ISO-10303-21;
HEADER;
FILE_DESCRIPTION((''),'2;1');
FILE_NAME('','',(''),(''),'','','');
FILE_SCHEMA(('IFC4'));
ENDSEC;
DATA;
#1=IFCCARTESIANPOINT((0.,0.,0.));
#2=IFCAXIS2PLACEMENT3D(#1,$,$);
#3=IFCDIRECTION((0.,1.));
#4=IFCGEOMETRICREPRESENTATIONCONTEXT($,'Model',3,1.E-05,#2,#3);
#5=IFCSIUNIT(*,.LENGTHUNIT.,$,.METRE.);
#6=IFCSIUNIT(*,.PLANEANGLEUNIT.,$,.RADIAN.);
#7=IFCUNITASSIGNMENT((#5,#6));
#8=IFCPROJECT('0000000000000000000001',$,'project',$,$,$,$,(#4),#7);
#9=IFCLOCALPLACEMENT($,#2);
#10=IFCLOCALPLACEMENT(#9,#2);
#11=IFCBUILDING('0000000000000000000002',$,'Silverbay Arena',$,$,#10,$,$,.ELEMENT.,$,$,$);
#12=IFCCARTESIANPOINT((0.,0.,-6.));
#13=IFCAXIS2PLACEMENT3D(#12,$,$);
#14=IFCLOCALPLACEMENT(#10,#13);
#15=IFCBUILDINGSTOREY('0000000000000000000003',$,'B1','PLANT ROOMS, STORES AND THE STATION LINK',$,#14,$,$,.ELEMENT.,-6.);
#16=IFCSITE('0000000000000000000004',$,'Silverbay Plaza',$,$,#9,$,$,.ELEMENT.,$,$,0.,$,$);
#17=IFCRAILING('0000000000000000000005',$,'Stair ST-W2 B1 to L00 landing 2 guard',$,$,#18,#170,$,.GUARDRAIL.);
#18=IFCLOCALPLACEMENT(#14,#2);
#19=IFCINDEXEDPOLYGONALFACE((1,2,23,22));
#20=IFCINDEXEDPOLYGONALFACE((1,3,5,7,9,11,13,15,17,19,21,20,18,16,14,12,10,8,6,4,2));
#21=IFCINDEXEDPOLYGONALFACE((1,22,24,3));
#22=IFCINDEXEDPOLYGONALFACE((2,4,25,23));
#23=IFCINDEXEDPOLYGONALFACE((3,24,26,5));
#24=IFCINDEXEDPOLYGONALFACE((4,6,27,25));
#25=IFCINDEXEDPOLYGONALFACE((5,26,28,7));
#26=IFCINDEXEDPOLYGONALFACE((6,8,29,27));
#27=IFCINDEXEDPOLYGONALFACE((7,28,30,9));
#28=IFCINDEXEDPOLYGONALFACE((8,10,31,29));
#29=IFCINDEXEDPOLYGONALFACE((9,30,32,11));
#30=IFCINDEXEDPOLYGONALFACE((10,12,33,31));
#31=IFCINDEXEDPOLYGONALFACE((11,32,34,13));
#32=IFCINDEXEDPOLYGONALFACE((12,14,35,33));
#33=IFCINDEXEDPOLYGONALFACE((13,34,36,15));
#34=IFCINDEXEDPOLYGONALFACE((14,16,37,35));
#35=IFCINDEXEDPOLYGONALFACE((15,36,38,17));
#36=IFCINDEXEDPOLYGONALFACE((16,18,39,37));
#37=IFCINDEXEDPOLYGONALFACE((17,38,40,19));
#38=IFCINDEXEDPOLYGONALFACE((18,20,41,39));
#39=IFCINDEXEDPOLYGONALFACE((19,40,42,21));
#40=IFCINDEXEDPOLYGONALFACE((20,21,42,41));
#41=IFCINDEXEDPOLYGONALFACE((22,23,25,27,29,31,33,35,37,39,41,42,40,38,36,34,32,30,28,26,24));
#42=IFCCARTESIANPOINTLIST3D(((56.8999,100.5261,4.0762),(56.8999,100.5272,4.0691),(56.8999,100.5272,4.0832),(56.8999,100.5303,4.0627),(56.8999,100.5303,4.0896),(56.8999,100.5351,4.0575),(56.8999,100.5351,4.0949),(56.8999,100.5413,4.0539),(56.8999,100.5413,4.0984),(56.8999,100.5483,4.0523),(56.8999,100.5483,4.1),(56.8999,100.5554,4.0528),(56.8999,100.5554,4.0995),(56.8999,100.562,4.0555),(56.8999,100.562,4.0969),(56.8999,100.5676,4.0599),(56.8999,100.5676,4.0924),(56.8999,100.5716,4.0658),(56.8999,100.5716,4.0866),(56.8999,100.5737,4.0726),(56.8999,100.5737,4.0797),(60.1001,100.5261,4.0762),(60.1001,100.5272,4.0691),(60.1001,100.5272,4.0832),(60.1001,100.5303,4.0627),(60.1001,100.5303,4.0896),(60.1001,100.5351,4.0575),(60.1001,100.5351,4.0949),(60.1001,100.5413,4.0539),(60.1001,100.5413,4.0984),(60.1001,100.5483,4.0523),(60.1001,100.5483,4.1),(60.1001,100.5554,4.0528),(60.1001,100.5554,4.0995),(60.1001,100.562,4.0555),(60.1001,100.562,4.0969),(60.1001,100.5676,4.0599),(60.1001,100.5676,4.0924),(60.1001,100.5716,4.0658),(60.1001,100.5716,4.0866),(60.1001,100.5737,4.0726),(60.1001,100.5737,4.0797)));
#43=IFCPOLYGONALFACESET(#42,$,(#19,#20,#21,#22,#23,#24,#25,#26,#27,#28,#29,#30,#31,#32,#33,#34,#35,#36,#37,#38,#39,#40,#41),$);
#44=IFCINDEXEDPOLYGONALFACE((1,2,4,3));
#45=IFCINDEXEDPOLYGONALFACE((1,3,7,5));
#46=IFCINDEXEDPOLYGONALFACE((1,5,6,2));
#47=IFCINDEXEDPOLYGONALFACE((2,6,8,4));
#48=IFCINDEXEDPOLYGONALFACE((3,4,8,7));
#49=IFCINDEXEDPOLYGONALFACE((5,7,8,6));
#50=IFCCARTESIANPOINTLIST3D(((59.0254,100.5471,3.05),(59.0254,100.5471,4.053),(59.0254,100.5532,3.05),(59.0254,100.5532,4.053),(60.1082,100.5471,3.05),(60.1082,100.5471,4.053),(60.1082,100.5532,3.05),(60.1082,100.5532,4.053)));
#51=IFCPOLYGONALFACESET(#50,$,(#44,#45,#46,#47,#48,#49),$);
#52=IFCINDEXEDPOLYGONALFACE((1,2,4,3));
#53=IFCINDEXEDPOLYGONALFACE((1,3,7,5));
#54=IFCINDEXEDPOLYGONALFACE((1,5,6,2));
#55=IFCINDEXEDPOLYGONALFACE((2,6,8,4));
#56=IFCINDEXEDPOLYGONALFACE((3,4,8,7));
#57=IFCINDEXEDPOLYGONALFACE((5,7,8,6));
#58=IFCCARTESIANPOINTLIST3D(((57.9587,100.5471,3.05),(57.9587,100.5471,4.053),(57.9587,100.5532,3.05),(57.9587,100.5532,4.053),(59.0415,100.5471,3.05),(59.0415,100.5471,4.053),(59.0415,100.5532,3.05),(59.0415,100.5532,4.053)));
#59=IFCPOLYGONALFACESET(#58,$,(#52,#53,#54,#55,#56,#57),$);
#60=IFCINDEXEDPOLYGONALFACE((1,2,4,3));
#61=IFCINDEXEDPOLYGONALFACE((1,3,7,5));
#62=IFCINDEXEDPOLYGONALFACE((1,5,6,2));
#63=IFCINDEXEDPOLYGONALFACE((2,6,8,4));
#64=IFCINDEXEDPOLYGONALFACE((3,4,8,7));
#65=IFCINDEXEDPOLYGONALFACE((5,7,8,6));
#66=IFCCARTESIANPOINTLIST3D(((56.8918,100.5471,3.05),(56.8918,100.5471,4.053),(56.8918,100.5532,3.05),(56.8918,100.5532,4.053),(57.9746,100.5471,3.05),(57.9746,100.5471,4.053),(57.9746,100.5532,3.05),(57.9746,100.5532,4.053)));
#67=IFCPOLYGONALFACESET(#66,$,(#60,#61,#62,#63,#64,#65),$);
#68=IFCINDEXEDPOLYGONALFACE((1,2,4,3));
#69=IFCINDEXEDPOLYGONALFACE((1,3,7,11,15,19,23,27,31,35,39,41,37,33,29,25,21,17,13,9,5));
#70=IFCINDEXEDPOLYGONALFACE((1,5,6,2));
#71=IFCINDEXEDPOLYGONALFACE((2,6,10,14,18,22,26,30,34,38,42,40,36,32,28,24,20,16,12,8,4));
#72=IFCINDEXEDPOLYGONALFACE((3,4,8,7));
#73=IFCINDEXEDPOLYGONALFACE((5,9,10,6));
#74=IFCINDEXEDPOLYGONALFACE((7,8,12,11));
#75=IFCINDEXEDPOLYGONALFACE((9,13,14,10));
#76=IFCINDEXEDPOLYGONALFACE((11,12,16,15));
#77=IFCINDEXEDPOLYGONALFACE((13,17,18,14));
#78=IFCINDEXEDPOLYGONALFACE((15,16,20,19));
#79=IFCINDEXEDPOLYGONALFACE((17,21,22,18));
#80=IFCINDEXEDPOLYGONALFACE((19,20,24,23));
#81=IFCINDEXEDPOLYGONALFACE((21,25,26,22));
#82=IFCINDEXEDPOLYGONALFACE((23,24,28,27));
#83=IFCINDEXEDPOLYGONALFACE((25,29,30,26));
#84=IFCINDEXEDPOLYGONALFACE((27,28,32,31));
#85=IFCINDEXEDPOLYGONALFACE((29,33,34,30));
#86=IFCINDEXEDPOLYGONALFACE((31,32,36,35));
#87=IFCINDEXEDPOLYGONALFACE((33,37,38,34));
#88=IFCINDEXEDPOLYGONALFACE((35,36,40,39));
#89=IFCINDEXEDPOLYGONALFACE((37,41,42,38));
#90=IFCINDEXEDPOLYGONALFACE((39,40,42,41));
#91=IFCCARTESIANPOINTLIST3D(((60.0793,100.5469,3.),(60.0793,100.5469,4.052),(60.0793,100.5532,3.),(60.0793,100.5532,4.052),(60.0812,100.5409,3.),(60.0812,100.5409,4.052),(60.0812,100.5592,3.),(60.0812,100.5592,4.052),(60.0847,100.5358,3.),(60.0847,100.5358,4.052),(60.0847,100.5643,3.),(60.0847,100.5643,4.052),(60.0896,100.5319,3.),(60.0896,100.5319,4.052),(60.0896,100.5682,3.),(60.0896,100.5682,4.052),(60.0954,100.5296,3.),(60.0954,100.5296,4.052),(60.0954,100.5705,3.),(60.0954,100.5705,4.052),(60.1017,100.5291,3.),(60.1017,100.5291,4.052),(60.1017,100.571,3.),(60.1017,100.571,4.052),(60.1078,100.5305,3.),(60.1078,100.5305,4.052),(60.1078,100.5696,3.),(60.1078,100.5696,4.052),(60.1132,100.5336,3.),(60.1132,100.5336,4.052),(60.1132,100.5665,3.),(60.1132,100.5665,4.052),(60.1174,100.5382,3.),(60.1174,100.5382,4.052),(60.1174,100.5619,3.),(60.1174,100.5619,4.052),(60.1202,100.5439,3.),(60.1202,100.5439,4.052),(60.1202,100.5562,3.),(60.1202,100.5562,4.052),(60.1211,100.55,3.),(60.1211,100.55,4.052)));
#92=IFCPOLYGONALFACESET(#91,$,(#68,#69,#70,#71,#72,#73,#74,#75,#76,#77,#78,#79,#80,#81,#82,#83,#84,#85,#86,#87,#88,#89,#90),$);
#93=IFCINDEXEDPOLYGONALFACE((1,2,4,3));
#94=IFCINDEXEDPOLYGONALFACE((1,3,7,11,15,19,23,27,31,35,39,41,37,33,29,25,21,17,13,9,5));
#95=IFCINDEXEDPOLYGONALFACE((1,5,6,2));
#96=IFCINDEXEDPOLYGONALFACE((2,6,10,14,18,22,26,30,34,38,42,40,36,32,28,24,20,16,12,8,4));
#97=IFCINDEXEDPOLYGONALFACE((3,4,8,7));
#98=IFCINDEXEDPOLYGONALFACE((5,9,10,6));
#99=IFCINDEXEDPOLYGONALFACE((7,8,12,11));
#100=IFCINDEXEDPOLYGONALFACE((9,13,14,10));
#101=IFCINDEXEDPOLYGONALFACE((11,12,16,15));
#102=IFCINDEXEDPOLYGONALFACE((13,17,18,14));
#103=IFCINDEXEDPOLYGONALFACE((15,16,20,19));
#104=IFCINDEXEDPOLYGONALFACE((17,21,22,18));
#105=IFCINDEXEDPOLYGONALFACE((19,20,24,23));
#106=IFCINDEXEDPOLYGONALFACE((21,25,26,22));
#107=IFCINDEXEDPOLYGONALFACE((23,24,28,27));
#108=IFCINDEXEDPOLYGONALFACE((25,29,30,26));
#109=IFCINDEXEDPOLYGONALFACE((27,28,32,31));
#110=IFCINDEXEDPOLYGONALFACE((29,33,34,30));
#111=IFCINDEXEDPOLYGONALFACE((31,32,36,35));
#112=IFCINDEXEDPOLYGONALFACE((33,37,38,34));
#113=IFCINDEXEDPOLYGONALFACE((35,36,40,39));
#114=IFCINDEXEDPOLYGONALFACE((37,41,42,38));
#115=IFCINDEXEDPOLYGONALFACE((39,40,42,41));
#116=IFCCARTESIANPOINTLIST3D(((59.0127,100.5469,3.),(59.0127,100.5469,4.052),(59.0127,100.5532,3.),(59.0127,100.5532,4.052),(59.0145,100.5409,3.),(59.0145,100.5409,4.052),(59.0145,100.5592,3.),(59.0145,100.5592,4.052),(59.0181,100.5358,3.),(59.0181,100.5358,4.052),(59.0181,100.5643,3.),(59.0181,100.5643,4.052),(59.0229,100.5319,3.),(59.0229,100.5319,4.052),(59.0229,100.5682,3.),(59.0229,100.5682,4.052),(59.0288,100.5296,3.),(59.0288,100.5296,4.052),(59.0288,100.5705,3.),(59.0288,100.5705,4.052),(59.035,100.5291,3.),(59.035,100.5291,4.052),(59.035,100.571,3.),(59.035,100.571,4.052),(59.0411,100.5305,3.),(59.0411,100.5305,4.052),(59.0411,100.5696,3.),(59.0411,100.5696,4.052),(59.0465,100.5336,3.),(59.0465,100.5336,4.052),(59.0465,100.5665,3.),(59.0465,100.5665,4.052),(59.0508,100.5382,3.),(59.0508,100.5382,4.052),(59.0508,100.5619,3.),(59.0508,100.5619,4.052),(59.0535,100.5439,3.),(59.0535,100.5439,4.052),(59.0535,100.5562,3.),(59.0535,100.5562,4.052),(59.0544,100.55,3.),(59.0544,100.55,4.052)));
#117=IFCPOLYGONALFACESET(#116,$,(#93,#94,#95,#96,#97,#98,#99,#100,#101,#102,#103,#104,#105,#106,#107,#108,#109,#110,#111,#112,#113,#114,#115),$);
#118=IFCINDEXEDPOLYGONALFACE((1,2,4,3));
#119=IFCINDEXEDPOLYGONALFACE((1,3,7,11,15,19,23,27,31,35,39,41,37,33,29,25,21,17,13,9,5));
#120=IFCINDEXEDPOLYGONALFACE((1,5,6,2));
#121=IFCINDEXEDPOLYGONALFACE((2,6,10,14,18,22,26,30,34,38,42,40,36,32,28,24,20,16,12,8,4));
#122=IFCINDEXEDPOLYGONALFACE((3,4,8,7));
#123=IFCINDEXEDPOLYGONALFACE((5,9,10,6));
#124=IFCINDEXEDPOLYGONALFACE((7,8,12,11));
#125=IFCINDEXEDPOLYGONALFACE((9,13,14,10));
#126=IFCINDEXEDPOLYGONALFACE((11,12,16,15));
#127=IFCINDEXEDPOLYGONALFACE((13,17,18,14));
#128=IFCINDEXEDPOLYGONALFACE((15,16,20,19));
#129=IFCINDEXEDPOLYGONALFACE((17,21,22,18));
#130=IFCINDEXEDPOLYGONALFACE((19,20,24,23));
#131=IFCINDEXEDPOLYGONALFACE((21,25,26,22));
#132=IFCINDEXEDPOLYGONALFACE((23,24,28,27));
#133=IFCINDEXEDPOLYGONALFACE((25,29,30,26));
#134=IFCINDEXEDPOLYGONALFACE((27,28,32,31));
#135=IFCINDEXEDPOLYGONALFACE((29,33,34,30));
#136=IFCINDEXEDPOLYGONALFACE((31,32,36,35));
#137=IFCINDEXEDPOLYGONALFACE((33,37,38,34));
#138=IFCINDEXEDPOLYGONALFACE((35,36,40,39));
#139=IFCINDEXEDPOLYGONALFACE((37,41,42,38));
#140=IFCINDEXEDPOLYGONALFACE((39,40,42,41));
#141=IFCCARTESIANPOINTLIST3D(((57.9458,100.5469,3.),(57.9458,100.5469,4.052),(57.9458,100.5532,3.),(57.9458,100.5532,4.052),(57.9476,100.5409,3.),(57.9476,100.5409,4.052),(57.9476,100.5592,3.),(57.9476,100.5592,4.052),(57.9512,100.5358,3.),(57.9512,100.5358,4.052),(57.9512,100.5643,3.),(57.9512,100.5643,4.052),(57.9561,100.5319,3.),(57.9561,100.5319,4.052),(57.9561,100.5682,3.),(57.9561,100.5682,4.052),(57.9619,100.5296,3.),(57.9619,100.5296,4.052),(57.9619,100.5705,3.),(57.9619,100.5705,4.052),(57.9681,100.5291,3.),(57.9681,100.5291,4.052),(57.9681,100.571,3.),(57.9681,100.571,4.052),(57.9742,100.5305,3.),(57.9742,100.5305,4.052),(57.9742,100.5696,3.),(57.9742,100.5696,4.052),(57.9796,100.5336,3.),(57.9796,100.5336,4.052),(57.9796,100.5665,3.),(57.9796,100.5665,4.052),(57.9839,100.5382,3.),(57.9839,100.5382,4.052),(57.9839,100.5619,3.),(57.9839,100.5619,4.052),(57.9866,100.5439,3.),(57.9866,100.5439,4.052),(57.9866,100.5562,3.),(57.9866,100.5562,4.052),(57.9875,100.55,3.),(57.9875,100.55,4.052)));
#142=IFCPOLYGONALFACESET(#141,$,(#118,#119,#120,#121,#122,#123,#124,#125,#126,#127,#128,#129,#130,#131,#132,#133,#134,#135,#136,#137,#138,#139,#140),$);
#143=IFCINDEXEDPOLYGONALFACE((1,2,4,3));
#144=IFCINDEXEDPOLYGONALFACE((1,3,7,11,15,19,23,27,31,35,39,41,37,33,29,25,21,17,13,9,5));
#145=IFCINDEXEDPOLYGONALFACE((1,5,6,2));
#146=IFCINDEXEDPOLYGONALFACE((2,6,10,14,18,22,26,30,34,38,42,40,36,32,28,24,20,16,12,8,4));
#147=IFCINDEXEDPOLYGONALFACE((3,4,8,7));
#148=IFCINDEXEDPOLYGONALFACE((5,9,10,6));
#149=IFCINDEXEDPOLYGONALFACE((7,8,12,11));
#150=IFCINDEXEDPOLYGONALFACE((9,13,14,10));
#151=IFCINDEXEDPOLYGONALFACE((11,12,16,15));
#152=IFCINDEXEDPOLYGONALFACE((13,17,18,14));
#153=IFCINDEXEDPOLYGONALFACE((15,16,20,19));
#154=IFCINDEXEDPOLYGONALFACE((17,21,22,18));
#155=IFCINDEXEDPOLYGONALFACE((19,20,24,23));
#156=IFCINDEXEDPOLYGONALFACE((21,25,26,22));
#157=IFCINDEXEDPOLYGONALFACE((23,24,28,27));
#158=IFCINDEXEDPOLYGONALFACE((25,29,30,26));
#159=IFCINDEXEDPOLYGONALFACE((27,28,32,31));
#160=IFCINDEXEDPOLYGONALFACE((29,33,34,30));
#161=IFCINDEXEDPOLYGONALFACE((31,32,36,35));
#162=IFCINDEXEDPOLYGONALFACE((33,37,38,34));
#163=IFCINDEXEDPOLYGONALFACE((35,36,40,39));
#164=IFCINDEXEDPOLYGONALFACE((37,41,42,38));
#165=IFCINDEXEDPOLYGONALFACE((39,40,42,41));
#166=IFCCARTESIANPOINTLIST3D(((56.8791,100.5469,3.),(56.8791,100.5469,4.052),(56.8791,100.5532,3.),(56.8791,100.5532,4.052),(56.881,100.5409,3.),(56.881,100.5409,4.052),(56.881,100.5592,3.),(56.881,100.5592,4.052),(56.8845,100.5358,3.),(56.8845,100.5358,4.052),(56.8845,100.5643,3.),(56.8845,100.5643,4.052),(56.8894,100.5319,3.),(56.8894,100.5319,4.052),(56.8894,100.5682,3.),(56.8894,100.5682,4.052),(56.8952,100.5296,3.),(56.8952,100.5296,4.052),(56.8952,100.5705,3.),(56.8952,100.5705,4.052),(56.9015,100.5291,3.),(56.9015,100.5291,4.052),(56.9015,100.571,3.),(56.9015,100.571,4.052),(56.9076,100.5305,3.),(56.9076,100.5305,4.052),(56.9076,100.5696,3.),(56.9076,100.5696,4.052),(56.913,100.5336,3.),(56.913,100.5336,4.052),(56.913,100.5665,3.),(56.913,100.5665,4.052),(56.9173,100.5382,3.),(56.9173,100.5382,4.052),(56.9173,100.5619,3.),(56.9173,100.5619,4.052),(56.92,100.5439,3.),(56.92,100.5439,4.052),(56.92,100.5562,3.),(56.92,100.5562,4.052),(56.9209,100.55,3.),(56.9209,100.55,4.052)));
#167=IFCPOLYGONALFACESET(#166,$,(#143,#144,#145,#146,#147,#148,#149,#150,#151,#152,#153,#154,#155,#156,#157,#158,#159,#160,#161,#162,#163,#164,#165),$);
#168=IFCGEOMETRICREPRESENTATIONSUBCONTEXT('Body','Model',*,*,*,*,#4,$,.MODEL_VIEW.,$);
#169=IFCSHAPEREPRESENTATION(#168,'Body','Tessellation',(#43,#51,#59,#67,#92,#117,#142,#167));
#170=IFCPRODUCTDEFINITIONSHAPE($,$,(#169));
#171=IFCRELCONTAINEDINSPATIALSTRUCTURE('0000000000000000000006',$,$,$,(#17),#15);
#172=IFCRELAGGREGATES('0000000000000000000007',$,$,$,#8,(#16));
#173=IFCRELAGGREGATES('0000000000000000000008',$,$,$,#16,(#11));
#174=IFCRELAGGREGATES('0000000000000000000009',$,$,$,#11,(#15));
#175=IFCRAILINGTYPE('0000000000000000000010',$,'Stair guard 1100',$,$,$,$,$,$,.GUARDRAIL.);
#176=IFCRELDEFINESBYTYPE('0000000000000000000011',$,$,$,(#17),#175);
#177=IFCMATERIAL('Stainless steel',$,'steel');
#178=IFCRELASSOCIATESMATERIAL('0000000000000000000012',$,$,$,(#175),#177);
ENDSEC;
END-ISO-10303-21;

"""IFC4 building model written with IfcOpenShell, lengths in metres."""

from ifc_helpers import new_model, si_unit, direction, frame, origin, origin_2d, place, context, subcontext, project, spatial, polyline, circle, outline, extrude, material, type_object, element, save


model = new_model("IFC4")

# Units and contexts
model_context = context("Model", 3, precision=1e-05, world=origin(), true_north=direction((0.0, 1.0)))
body_context = subcontext(model_context, "Body", "Model", "MODEL_VIEW")
ifc_project = project(units=[si_unit("LENGTHUNIT", "METRE"), si_unit("PLANEANGLEUNIT", "RADIAN")], contexts=[model_context])

# Site, building, storey
site_placement = place(None, origin())
site = spatial("IfcSite", under=ifc_project, at=site_placement, Name="Silverbay Plaza", CompositionType="ELEMENT", RefElevation=0.0)
building_placement = place(site_placement, origin())
building = spatial("IfcBuilding", under=site, at=building_placement, Name="Silverbay Arena", CompositionType="ELEMENT")
storey_placement = place(building_placement, frame((0.0, 0.0, -6.0)))
storey = spatial("IfcBuildingStorey", under=building, at=storey_placement, Name="B1", Description="PLANT ROOMS, STORES AND THE STATION LINK", CompositionType="ELEMENT", Elevation=-6.0)

# Railing
ifc_material_1 = material(Name="Stainless steel", Category="steel")
railing_type_1 = type_object("IfcRailingType", Name="Stair guard 1100", PredefinedType="GUARDRAIL", material=ifc_material_1)
for number, where, name in (
    (1, (60.1001, 100.55, 3.0), "Stair ST-W2 B1 to L00 landing 2 guard"),
):
    element("IfcRailing", number, at=place(storey_placement, frame(where)), inside=storey, type_object=railing_type_1, Name=name, PredefinedType="GUARDRAIL", context=body_context, shape_type="SweptSolid", body=[
        extrude(circle(Radius=0.0239, at=origin_2d()), frame((0.0, 0.0, 1.0762), z_axis=(-1.0, 0.0, 0.0), x_axis=(0.0, -1.0, 0.0)), (0.0, 0.0, 1.0), 3.2002),
        extrude(outline(polyline([(-0.0081, 0.05), (1.0747, 0.05), (1.0747, 1.053), (-0.0081, 1.053), (-0.0081, 0.05)])), frame((0.0, -0.0029, 0.0), z_axis=(0.0, 1.0, 0.0), x_axis=(-1.0, 0.0, 0.0)), (0.0, 0.0, 1.0), 0.0061),
        extrude(outline(polyline([(-0.0081, 0.05), (1.0747, 0.05), (1.0747, 1.053), (-0.0081, 1.053), (-0.0081, 0.05)])), frame((-1.0667, -0.0029, 0.0), z_axis=(0.0, 1.0, 0.0), x_axis=(-1.0, 0.0, 0.0)), (0.0, 0.0, 1.0), 0.0061),
        extrude(outline(polyline([(-0.0081, 0.05), (1.0747, 0.05), (1.0747, 1.053), (-0.0081, 1.053), (-0.0081, 0.05)])), frame((-2.1335, -0.0029, 0.0), z_axis=(0.0, 1.0, 0.0), x_axis=(-1.0, 0.0, 0.0)), (0.0, 0.0, 1.0), 0.0061),
        extrude(circle(Radius=0.021, at=origin_2d()), origin(), (0.0, 0.0, 1.0), 1.052),
        extrude(circle(Radius=0.021, at=origin_2d()), frame((-1.0667, 0.0, 0.0)), (0.0, 0.0, 1.0), 1.052),
        extrude(circle(Radius=0.021, at=origin_2d()), frame((-2.1335, 0.0, 0.0)), (0.0, 0.0, 1.0), 1.052),
        extrude(circle(Radius=0.021, at=origin_2d()), frame((-3.2002, 0.0, 0.0)), (0.0, 0.0, 1.0), 1.052),
    ])

save(model, "model.ifc")
